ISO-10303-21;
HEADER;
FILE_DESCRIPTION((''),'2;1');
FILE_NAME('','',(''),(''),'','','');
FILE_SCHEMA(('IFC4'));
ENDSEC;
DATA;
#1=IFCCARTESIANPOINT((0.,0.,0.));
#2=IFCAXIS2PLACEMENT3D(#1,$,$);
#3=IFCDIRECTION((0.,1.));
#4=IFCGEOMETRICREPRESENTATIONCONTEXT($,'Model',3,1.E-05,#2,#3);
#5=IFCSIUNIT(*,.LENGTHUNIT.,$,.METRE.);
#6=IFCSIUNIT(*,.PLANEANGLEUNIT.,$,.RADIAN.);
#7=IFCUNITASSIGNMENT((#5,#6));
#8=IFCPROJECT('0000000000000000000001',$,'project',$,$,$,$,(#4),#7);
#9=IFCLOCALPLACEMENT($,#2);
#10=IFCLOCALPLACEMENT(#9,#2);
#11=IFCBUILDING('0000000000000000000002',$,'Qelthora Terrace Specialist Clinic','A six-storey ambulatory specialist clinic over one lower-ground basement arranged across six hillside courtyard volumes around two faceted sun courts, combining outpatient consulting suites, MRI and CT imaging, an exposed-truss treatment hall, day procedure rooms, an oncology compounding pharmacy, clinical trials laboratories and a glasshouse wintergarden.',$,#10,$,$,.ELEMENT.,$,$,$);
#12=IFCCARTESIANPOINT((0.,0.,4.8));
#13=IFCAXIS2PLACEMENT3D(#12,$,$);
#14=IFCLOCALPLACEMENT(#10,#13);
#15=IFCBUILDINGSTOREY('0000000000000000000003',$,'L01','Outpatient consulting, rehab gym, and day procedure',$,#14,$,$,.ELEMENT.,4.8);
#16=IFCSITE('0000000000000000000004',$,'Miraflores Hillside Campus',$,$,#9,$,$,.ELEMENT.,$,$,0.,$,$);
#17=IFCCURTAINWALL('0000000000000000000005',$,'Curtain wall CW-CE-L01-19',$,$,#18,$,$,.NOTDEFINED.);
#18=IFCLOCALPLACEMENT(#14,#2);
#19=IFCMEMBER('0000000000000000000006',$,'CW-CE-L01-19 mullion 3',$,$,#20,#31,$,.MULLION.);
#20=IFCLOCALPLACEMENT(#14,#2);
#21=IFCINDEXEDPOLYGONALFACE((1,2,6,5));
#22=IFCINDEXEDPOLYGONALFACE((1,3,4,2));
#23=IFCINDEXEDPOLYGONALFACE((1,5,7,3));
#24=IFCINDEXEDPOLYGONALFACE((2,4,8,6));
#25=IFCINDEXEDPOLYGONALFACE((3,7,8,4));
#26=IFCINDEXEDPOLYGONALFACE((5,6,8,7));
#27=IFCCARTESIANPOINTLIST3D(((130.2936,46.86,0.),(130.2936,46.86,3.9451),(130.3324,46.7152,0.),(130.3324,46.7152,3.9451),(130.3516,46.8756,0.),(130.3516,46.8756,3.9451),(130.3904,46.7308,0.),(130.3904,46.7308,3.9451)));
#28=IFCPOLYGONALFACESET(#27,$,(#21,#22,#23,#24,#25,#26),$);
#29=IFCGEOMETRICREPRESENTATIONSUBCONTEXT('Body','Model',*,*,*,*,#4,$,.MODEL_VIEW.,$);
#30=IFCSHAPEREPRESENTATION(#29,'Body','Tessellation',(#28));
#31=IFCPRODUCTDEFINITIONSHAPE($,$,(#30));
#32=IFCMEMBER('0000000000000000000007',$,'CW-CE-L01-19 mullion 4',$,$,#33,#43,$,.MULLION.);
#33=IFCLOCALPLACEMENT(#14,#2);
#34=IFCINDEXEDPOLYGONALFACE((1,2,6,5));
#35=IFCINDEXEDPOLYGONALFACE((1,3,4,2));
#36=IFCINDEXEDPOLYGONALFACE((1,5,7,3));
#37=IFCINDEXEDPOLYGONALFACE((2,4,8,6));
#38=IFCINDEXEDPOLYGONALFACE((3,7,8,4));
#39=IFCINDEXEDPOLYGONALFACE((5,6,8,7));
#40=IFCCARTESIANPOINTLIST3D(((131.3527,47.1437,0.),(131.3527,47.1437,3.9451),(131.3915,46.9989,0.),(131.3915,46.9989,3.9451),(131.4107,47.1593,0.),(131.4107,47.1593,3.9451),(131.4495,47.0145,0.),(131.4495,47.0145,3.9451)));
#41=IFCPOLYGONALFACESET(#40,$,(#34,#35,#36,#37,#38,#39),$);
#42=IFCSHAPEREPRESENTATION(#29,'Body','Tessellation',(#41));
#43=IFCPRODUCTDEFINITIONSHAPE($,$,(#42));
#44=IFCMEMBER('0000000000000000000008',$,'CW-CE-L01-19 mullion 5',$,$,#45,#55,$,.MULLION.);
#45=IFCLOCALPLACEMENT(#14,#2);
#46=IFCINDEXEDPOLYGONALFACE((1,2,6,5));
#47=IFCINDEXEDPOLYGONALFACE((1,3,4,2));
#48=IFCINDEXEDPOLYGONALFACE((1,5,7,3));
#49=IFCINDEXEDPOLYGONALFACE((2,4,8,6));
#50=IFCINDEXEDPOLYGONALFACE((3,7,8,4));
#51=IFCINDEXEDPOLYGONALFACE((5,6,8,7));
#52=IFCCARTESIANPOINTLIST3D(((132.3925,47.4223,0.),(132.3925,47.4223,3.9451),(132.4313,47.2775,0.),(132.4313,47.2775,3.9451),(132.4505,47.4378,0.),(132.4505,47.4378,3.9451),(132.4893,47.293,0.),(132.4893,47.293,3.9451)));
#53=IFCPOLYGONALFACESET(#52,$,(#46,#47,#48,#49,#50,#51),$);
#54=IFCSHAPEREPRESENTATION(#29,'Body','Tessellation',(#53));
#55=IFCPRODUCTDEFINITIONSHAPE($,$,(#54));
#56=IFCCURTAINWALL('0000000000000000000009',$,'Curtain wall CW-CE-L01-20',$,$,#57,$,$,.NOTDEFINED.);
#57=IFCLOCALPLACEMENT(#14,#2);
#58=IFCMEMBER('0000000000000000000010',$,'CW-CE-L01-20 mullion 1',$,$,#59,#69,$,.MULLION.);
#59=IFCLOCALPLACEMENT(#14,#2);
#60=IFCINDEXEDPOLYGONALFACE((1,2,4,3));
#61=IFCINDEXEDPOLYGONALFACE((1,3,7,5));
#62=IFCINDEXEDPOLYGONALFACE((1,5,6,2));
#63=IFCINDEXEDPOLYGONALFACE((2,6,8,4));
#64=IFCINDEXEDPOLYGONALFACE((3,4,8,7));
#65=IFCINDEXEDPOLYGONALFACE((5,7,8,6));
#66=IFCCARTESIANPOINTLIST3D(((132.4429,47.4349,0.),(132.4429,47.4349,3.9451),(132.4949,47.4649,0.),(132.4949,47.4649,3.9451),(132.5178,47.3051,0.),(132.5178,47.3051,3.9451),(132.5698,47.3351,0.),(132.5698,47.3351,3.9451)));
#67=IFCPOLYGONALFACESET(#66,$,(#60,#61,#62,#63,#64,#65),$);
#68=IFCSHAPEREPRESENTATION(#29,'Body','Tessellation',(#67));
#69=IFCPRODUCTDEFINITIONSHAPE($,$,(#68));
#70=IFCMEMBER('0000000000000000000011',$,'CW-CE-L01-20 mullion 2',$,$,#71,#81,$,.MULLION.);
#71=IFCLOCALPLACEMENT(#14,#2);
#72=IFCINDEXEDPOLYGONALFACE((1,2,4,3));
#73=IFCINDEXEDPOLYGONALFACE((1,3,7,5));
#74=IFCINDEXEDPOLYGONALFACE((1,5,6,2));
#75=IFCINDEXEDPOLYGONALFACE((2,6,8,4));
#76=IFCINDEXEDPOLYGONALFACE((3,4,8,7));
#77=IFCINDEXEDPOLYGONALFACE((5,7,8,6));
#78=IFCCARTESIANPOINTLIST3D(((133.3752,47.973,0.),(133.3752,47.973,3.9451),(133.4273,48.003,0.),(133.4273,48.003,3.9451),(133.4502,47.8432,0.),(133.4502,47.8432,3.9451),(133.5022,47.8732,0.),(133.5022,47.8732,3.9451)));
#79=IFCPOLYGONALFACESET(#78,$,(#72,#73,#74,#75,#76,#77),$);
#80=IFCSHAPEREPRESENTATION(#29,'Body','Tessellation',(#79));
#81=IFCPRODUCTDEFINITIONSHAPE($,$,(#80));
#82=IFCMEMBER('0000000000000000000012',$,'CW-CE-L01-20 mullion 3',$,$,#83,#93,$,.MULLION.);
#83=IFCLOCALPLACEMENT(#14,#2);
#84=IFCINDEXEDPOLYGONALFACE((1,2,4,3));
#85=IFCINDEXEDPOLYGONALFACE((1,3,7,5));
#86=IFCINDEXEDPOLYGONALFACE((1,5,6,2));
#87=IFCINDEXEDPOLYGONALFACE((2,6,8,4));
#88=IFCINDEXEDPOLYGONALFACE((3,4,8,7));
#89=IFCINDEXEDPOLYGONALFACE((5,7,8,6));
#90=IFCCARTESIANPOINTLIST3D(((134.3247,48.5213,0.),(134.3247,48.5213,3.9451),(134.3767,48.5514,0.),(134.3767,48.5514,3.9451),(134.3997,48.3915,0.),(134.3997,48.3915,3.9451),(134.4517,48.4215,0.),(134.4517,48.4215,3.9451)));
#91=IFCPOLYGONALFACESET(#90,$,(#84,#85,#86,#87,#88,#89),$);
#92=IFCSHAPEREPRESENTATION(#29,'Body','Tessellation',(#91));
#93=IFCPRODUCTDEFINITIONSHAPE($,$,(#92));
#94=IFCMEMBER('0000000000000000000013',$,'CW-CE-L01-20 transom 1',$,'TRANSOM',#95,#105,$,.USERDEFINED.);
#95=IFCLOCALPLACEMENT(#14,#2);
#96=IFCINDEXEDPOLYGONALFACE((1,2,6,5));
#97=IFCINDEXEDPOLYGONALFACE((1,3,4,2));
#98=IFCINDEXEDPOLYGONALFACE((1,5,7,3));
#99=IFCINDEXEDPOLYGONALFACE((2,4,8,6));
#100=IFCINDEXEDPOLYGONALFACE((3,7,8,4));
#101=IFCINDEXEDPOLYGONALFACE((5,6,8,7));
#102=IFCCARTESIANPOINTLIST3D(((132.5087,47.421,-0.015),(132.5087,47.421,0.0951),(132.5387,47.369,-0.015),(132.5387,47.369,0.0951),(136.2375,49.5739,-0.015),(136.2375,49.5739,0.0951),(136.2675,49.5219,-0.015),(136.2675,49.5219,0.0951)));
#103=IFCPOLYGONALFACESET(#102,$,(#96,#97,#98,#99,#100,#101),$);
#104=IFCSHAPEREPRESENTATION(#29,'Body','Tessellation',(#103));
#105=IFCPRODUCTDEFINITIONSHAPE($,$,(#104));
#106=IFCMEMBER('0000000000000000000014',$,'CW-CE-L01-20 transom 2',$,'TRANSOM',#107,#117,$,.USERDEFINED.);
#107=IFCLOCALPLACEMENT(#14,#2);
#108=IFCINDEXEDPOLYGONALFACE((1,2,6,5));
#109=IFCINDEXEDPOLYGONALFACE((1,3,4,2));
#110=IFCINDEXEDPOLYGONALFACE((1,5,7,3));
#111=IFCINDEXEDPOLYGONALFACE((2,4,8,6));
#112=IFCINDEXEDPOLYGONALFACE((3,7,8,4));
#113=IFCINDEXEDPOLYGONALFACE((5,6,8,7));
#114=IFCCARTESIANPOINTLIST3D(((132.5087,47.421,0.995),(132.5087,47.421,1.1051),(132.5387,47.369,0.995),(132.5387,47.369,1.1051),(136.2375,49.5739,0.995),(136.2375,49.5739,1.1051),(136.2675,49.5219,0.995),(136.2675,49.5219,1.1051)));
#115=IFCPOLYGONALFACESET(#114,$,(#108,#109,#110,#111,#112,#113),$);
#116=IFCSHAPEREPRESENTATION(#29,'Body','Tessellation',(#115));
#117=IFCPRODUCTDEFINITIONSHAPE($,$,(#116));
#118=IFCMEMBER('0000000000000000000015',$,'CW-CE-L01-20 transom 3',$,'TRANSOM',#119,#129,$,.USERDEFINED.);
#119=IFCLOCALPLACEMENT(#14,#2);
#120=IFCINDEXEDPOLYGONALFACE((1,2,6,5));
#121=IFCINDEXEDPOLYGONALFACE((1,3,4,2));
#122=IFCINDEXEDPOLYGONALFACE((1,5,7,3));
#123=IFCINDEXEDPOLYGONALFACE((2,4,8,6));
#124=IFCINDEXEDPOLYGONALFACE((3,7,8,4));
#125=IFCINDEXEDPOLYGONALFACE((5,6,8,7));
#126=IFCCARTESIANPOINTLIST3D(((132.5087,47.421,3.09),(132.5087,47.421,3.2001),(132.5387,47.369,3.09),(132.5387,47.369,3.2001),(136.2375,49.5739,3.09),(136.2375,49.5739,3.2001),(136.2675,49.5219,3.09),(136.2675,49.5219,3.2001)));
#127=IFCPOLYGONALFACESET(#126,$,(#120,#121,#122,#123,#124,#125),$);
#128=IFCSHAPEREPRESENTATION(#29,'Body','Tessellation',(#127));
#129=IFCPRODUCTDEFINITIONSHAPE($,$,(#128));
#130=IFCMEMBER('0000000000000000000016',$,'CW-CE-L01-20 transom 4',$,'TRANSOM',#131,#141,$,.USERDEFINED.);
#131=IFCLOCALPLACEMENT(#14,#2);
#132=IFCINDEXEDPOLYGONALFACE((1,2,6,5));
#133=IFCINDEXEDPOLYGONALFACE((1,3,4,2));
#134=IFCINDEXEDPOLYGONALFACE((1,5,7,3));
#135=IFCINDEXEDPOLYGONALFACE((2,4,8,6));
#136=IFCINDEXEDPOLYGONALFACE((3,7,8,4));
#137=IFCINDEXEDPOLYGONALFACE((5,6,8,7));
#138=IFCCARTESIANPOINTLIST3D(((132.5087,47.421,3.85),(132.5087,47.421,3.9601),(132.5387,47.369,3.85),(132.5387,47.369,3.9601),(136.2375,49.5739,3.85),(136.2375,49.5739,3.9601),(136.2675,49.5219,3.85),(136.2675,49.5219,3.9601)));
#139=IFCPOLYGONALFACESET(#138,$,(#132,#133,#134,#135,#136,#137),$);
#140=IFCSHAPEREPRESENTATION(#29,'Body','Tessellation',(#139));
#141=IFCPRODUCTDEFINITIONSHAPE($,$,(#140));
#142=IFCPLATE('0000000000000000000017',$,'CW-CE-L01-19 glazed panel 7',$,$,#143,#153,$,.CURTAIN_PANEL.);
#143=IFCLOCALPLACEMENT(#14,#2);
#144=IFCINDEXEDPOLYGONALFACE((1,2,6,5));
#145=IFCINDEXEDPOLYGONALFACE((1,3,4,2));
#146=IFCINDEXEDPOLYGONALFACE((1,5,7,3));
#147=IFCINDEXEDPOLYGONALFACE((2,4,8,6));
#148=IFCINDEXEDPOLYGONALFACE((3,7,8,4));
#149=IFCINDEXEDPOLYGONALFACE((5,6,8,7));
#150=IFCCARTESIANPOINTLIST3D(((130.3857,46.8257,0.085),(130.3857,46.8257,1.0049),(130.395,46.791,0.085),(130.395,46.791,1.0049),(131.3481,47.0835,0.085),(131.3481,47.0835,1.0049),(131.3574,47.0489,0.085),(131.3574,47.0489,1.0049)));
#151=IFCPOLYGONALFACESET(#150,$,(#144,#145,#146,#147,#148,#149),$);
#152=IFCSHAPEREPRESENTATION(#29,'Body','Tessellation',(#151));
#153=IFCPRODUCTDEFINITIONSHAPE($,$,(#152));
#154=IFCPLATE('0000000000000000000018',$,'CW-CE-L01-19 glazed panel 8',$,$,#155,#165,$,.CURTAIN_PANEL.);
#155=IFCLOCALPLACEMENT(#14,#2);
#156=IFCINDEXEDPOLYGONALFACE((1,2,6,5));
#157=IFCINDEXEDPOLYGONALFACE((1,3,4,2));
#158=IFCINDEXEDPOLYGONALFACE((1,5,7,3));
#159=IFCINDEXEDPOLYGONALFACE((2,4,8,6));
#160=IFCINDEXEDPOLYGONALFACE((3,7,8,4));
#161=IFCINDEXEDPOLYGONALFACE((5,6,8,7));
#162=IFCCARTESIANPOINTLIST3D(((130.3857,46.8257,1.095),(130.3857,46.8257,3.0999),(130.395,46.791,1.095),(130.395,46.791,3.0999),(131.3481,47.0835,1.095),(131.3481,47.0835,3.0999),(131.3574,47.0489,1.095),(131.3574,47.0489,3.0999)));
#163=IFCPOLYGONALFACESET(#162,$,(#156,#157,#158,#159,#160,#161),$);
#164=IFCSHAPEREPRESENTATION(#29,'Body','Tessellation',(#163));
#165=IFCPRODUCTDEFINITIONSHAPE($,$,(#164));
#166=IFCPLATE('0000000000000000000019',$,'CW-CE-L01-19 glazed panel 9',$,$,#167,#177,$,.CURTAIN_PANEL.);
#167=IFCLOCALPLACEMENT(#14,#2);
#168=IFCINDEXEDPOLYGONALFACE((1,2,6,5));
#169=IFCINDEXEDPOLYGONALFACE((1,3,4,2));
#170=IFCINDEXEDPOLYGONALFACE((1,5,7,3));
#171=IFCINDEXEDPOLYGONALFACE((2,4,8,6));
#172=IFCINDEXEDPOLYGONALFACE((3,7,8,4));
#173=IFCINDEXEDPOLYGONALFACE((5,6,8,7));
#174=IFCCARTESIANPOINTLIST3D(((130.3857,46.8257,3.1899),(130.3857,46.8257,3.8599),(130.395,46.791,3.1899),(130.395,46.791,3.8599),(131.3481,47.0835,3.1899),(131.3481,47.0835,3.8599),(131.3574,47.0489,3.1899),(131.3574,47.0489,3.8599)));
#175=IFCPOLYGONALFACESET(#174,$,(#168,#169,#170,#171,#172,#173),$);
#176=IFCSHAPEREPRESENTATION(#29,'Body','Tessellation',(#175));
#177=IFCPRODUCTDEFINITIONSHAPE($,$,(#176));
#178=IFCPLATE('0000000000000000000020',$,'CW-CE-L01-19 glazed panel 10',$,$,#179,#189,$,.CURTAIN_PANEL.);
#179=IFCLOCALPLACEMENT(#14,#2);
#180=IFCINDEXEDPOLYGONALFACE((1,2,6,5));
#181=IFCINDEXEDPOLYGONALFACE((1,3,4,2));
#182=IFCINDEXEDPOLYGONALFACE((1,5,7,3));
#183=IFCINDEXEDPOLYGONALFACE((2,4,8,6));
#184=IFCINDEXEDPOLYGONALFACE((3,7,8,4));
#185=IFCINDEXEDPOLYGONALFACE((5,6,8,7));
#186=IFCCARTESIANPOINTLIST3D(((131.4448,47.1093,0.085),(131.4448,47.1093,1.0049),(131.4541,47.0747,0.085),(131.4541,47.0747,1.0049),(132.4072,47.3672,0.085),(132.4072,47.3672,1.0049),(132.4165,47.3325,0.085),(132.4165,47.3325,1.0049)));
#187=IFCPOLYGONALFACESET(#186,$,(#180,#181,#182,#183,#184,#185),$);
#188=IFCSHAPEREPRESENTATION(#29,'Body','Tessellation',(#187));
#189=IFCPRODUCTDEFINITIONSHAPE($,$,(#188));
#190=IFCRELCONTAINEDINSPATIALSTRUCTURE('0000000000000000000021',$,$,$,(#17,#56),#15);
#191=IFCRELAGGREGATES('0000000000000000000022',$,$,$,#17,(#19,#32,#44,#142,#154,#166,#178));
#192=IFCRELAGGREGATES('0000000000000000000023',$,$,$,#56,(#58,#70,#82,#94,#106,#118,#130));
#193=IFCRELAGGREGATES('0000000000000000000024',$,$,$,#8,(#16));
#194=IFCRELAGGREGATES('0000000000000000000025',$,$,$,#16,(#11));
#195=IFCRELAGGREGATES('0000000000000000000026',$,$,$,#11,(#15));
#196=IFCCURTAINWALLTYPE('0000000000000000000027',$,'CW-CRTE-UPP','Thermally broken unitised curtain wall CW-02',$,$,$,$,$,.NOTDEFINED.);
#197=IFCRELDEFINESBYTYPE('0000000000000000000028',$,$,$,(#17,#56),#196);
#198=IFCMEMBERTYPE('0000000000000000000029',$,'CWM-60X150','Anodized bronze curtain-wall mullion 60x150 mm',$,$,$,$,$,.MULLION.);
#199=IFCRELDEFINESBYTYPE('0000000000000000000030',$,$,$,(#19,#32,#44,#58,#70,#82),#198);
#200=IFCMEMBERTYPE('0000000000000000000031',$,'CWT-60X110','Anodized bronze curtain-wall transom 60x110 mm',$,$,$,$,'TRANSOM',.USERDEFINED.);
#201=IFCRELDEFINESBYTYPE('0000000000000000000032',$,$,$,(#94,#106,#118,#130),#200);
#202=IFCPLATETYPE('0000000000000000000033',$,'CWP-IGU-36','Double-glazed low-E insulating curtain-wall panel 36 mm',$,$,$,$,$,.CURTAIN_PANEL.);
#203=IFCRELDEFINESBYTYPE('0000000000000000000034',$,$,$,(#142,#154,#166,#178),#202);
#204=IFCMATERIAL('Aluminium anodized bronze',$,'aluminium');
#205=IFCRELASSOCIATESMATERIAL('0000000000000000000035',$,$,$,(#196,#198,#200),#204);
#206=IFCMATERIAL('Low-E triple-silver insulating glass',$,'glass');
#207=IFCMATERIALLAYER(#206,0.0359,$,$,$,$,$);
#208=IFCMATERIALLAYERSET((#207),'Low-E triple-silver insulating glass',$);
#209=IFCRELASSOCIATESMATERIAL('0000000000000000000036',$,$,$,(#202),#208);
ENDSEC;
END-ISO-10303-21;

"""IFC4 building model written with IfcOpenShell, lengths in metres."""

from ifc_helpers import new_model, si_unit, direction, frame, origin, origin_2d, place, context, subcontext, project, spatial, rectangle, extrude, material, layer, layer_set, material_profile, profile_set, type_object, element, aggregate, save


model = new_model("IFC4")

# Units and contexts
model_context = context("Model", 3, precision=1e-05, world=origin(), true_north=direction((0.0, 1.0)))
body_context = subcontext(model_context, "Body", "Model", "MODEL_VIEW")
ifc_project = project(units=[si_unit("LENGTHUNIT", "METRE"), si_unit("PLANEANGLEUNIT", "RADIAN")], contexts=[model_context])

# Site, building, storey
site_placement = place(None, origin())
site = spatial("IfcSite", under=ifc_project, at=site_placement, Name="Miraflores Hillside Campus", CompositionType="ELEMENT", RefElevation=0.0)
building_placement = place(site_placement, origin())
building = spatial("IfcBuilding", under=site, at=building_placement, Name="Qelthora Terrace Specialist Clinic", Description="A six-storey ambulatory specialist clinic over one lower-ground basement arranged across six hillside courtyard volumes around two faceted sun courts, combining outpatient consulting suites, MRI and CT imaging, an exposed-truss treatment hall, day procedure rooms, an oncology compounding pharmacy, clinical trials laboratories and a glasshouse wintergarden.", CompositionType="ELEMENT")
storey_placement = place(building_placement, frame((0.0, 0.0, 4.8)))
storey = spatial("IfcBuildingStorey", under=building, at=storey_placement, Name="L01", Description="Outpatient consulting, rehab gym, and day procedure", CompositionType="ELEMENT", Elevation=4.8)

# Curtain walls, members
ifc_material_1 = material(Name="Aluminium anodized bronze", Category="aluminium")
curtain_wall_type = type_object("IfcCurtainWallType", Name="CW-CRTE-UPP", Description="Thermally broken unitised curtain wall CW-02", PredefinedType="NOTDEFINED", material=ifc_material_1)
curtain_wall_1_placement = place(storey_placement, origin())
curtain_wall_1 = element("IfcCurtainWall", 1, at=curtain_wall_1_placement, inside=storey, type_object=curtain_wall_type, Name="Curtain wall CW-CE-L01-19", PredefinedType="NOTDEFINED")
ifc_material_profile_1 = material_profile(ifc_material_1, rectangle(XDim=0.0601, YDim=0.1499, at=origin_2d()), Name="CWM60X150")
ifc_profile_set_1 = profile_set([ifc_material_profile_1], Name="Aluminium anodized bronze")
member_type_1 = type_object("IfcMemberType", Name="CWM-60X150", Description="Anodized bronze curtain-wall mullion 60x150 mm", PredefinedType="MULLION", material=ifc_profile_set_1)
member_1_placement = place(storey_placement, frame((130.342, 46.7954, 0.0), z_axis=(0.0, 0.0, 1.0), x_axis=(0.965926, 0.25882, 0.0)))
member_1 = element("IfcMember", 2, at=member_1_placement, type_object=member_type_1, Name="CW-CE-L01-19 mullion 3", PredefinedType="MULLION", context=body_context, shape_type="SweptSolid", body=[
    extrude(rectangle(XDim=0.0601, YDim=0.1499, at=origin_2d()), origin(), (0.0, 0.0, 1.0), 3.9451),
])
member_2_placement = place(storey_placement, frame((131.4011, 47.0791, 0.0), z_axis=(0.0, 0.0, 1.0), x_axis=(0.965926, 0.25882, 0.0)))
member_2 = element("IfcMember", 3, at=member_2_placement, type_object=member_type_1, Name="CW-CE-L01-19 mullion 4", PredefinedType="MULLION", context=body_context, shape_type="SweptSolid", body=[
    extrude(rectangle(XDim=0.0601, YDim=0.1499, at=origin_2d()), origin(), (0.0, 0.0, 1.0), 3.9451),
])
member_3_placement = place(storey_placement, frame((132.4409, 47.3577, 0.0), z_axis=(0.0, 0.0, 1.0), x_axis=(0.965926, 0.25882, 0.0)))
member_3 = element("IfcMember", 4, at=member_3_placement, type_object=member_type_1, Name="CW-CE-L01-19 mullion 5", PredefinedType="MULLION", context=body_context, shape_type="SweptSolid", body=[
    extrude(rectangle(XDim=0.0601, YDim=0.1499, at=origin_2d()), origin(), (0.0, 0.0, 1.0), 3.9451),
])
curtain_wall_2_placement = place(storey_placement, origin())
curtain_wall_2 = element("IfcCurtainWall", 5, at=curtain_wall_2_placement, inside=storey, type_object=curtain_wall_type, Name="Curtain wall CW-CE-L01-20", PredefinedType="NOTDEFINED")
member_4_placement = place(storey_placement, frame((132.5063, 47.385, 0.0), z_axis=(0.0, 0.0, 1.0), x_axis=(0.866025, 0.5, 0.0)))
member_4 = element("IfcMember", 6, at=member_4_placement, type_object=member_type_1, Name="CW-CE-L01-20 mullion 1", PredefinedType="MULLION", context=body_context, shape_type="SweptSolid", body=[
    extrude(rectangle(XDim=0.0601, YDim=0.1499, at=origin_2d()), origin(), (0.0, 0.0, 1.0), 3.9451),
])
member_5_placement = place(storey_placement, frame((133.4387, 47.9231, 0.0), z_axis=(0.0, 0.0, 1.0), x_axis=(0.866025, 0.5, 0.0)))
member_5 = element("IfcMember", 7, at=member_5_placement, type_object=member_type_1, Name="CW-CE-L01-20 mullion 2", PredefinedType="MULLION", context=body_context, shape_type="SweptSolid", body=[
    extrude(rectangle(XDim=0.0601, YDim=0.1499, at=origin_2d()), origin(), (0.0, 0.0, 1.0), 3.9451),
])
member_6_placement = place(storey_placement, frame((134.3882, 48.4714, 0.0), z_axis=(0.0, 0.0, 1.0), x_axis=(0.866025, 0.5, 0.0)))
member_6 = element("IfcMember", 8, at=member_6_placement, type_object=member_type_1, Name="CW-CE-L01-20 mullion 3", PredefinedType="MULLION", context=body_context, shape_type="SweptSolid", body=[
    extrude(rectangle(XDim=0.0601, YDim=0.1499, at=origin_2d()), origin(), (0.0, 0.0, 1.0), 3.9451),
])
ifc_material_profile_2 = material_profile(ifc_material_1, rectangle(XDim=0.0601, YDim=0.1101, at=origin_2d()), Name="CWT60X110")
ifc_profile_set_2 = profile_set([ifc_material_profile_2], Name="Aluminium anodized bronze")
member_type_2 = type_object("IfcMemberType", Name="CWT-60X110", Description="Anodized bronze curtain-wall transom 60x110 mm", ElementType="TRANSOM", PredefinedType="USERDEFINED", material=ifc_profile_set_2)
member_7_placement = place(storey_placement, frame((132.5237, 47.395, 0.04), z_axis=(0.866022, 0.500006, 0.0), x_axis=(-0.500006, 0.866022, 0.0)))
member_7 = element("IfcMember", 9, at=member_7_placement, type_object=member_type_2, Name="CW-CE-L01-20 transom 1", ObjectType="TRANSOM", PredefinedType="USERDEFINED", context=body_context, shape_type="SweptSolid", body=[
    extrude(rectangle(XDim=0.0601, YDim=0.1101, at=origin_2d()), origin(), (0.0, 0.0, 1.0), 4.3057),
])
member_8_placement = place(storey_placement, frame((132.5237, 47.395, 1.05), z_axis=(0.866022, 0.500006, 0.0), x_axis=(-0.500006, 0.866022, 0.0)))
member_8 = element("IfcMember", 10, at=member_8_placement, type_object=member_type_2, Name="CW-CE-L01-20 transom 2", ObjectType="TRANSOM", PredefinedType="USERDEFINED", context=body_context, shape_type="SweptSolid", body=[
    extrude(rectangle(XDim=0.0601, YDim=0.1101, at=origin_2d()), origin(), (0.0, 0.0, 1.0), 4.3057),
])
member_9_placement = place(storey_placement, frame((132.5237, 47.395, 3.145), z_axis=(0.866022, 0.500006, 0.0), x_axis=(-0.500006, 0.866022, 0.0)))
member_9 = element("IfcMember", 11, at=member_9_placement, type_object=member_type_2, Name="CW-CE-L01-20 transom 3", ObjectType="TRANSOM", PredefinedType="USERDEFINED", context=body_context, shape_type="SweptSolid", body=[
    extrude(rectangle(XDim=0.0601, YDim=0.1101, at=origin_2d()), origin(), (0.0, 0.0, 1.0), 4.3057),
])
member_10_placement = place(storey_placement, frame((132.5237, 47.395, 3.905), z_axis=(0.866022, 0.500006, 0.0), x_axis=(-0.500006, 0.866022, 0.0)))
member_10 = element("IfcMember", 12, at=member_10_placement, type_object=member_type_2, Name="CW-CE-L01-20 transom 4", ObjectType="TRANSOM", PredefinedType="USERDEFINED", context=body_context, shape_type="SweptSolid", body=[
    extrude(rectangle(XDim=0.0601, YDim=0.1101, at=origin_2d()), origin(), (0.0, 0.0, 1.0), 4.3057),
])

# Plates
ifc_material_2 = material(Name="Low-E triple-silver insulating glass", Category="glass")
ifc_layer = layer(ifc_material_2, 0.0359)
ifc_layer_set = layer_set([ifc_layer], Name="Low-E triple-silver insulating glass")
plate_type = type_object("IfcPlateType", Name="CWP-IGU-36", Description="Double-glazed low-E insulating curtain-wall panel 36 mm", PredefinedType="CURTAIN_PANEL", material=ifc_layer_set)
plate_1_placement = place(storey_placement, frame((130.8716, 46.9373, 0.085), z_axis=(0.0, 0.0, 1.0), x_axis=(0.965926, 0.258819, 0.0)))
plate_1 = element("IfcPlate", 13, at=plate_1_placement, type_object=plate_type, Name="CW-CE-L01-19 glazed panel 7", PredefinedType="CURTAIN_PANEL", context=body_context, shape_type="SweptSolid", body=[
    extrude(rectangle(XDim=0.9963, YDim=0.0359, at=origin_2d()), origin(), (0.0, 0.0, 1.0), 0.9199),
])
plate_2_placement = place(storey_placement, frame((130.8716, 46.9373, 1.095), z_axis=(0.0, 0.0, 1.0), x_axis=(0.965926, 0.258819, 0.0)))
plate_2 = element("IfcPlate", 14, at=plate_2_placement, type_object=plate_type, Name="CW-CE-L01-19 glazed panel 8", PredefinedType="CURTAIN_PANEL", context=body_context, shape_type="SweptSolid", body=[
    extrude(rectangle(XDim=0.9963, YDim=0.0359, at=origin_2d()), origin(), (0.0, 0.0, 1.0), 2.0049),
])
plate_3_placement = place(storey_placement, frame((130.8716, 46.9373, 3.1899), z_axis=(0.0, 0.0, 1.0), x_axis=(0.965926, 0.258819, 0.0)))
plate_3 = element("IfcPlate", 15, at=plate_3_placement, type_object=plate_type, Name="CW-CE-L01-19 glazed panel 9", PredefinedType="CURTAIN_PANEL", context=body_context, shape_type="SweptSolid", body=[
    extrude(rectangle(XDim=0.9963, YDim=0.0359, at=origin_2d()), origin(), (0.0, 0.0, 1.0), 0.6699),
])
plate_4_placement = place(storey_placement, frame((131.9307, 47.2209, 0.085), z_axis=(0.0, 0.0, 1.0), x_axis=(0.965926, 0.258819, 0.0)))
plate_4 = element("IfcPlate", 16, at=plate_4_placement, type_object=plate_type, Name="CW-CE-L01-19 glazed panel 10", PredefinedType="CURTAIN_PANEL", context=body_context, shape_type="SweptSolid", body=[
    extrude(rectangle(XDim=0.9963, YDim=0.0359, at=origin_2d()), origin(), (0.0, 0.0, 1.0), 0.9199),
])
aggregate(curtain_wall_1, [member_1, member_2, member_3, plate_1, plate_2, plate_3, plate_4])
aggregate(curtain_wall_2, [member_4, member_5, member_6, member_7, member_8, member_9, member_10])

save(model, "model.ifc")
